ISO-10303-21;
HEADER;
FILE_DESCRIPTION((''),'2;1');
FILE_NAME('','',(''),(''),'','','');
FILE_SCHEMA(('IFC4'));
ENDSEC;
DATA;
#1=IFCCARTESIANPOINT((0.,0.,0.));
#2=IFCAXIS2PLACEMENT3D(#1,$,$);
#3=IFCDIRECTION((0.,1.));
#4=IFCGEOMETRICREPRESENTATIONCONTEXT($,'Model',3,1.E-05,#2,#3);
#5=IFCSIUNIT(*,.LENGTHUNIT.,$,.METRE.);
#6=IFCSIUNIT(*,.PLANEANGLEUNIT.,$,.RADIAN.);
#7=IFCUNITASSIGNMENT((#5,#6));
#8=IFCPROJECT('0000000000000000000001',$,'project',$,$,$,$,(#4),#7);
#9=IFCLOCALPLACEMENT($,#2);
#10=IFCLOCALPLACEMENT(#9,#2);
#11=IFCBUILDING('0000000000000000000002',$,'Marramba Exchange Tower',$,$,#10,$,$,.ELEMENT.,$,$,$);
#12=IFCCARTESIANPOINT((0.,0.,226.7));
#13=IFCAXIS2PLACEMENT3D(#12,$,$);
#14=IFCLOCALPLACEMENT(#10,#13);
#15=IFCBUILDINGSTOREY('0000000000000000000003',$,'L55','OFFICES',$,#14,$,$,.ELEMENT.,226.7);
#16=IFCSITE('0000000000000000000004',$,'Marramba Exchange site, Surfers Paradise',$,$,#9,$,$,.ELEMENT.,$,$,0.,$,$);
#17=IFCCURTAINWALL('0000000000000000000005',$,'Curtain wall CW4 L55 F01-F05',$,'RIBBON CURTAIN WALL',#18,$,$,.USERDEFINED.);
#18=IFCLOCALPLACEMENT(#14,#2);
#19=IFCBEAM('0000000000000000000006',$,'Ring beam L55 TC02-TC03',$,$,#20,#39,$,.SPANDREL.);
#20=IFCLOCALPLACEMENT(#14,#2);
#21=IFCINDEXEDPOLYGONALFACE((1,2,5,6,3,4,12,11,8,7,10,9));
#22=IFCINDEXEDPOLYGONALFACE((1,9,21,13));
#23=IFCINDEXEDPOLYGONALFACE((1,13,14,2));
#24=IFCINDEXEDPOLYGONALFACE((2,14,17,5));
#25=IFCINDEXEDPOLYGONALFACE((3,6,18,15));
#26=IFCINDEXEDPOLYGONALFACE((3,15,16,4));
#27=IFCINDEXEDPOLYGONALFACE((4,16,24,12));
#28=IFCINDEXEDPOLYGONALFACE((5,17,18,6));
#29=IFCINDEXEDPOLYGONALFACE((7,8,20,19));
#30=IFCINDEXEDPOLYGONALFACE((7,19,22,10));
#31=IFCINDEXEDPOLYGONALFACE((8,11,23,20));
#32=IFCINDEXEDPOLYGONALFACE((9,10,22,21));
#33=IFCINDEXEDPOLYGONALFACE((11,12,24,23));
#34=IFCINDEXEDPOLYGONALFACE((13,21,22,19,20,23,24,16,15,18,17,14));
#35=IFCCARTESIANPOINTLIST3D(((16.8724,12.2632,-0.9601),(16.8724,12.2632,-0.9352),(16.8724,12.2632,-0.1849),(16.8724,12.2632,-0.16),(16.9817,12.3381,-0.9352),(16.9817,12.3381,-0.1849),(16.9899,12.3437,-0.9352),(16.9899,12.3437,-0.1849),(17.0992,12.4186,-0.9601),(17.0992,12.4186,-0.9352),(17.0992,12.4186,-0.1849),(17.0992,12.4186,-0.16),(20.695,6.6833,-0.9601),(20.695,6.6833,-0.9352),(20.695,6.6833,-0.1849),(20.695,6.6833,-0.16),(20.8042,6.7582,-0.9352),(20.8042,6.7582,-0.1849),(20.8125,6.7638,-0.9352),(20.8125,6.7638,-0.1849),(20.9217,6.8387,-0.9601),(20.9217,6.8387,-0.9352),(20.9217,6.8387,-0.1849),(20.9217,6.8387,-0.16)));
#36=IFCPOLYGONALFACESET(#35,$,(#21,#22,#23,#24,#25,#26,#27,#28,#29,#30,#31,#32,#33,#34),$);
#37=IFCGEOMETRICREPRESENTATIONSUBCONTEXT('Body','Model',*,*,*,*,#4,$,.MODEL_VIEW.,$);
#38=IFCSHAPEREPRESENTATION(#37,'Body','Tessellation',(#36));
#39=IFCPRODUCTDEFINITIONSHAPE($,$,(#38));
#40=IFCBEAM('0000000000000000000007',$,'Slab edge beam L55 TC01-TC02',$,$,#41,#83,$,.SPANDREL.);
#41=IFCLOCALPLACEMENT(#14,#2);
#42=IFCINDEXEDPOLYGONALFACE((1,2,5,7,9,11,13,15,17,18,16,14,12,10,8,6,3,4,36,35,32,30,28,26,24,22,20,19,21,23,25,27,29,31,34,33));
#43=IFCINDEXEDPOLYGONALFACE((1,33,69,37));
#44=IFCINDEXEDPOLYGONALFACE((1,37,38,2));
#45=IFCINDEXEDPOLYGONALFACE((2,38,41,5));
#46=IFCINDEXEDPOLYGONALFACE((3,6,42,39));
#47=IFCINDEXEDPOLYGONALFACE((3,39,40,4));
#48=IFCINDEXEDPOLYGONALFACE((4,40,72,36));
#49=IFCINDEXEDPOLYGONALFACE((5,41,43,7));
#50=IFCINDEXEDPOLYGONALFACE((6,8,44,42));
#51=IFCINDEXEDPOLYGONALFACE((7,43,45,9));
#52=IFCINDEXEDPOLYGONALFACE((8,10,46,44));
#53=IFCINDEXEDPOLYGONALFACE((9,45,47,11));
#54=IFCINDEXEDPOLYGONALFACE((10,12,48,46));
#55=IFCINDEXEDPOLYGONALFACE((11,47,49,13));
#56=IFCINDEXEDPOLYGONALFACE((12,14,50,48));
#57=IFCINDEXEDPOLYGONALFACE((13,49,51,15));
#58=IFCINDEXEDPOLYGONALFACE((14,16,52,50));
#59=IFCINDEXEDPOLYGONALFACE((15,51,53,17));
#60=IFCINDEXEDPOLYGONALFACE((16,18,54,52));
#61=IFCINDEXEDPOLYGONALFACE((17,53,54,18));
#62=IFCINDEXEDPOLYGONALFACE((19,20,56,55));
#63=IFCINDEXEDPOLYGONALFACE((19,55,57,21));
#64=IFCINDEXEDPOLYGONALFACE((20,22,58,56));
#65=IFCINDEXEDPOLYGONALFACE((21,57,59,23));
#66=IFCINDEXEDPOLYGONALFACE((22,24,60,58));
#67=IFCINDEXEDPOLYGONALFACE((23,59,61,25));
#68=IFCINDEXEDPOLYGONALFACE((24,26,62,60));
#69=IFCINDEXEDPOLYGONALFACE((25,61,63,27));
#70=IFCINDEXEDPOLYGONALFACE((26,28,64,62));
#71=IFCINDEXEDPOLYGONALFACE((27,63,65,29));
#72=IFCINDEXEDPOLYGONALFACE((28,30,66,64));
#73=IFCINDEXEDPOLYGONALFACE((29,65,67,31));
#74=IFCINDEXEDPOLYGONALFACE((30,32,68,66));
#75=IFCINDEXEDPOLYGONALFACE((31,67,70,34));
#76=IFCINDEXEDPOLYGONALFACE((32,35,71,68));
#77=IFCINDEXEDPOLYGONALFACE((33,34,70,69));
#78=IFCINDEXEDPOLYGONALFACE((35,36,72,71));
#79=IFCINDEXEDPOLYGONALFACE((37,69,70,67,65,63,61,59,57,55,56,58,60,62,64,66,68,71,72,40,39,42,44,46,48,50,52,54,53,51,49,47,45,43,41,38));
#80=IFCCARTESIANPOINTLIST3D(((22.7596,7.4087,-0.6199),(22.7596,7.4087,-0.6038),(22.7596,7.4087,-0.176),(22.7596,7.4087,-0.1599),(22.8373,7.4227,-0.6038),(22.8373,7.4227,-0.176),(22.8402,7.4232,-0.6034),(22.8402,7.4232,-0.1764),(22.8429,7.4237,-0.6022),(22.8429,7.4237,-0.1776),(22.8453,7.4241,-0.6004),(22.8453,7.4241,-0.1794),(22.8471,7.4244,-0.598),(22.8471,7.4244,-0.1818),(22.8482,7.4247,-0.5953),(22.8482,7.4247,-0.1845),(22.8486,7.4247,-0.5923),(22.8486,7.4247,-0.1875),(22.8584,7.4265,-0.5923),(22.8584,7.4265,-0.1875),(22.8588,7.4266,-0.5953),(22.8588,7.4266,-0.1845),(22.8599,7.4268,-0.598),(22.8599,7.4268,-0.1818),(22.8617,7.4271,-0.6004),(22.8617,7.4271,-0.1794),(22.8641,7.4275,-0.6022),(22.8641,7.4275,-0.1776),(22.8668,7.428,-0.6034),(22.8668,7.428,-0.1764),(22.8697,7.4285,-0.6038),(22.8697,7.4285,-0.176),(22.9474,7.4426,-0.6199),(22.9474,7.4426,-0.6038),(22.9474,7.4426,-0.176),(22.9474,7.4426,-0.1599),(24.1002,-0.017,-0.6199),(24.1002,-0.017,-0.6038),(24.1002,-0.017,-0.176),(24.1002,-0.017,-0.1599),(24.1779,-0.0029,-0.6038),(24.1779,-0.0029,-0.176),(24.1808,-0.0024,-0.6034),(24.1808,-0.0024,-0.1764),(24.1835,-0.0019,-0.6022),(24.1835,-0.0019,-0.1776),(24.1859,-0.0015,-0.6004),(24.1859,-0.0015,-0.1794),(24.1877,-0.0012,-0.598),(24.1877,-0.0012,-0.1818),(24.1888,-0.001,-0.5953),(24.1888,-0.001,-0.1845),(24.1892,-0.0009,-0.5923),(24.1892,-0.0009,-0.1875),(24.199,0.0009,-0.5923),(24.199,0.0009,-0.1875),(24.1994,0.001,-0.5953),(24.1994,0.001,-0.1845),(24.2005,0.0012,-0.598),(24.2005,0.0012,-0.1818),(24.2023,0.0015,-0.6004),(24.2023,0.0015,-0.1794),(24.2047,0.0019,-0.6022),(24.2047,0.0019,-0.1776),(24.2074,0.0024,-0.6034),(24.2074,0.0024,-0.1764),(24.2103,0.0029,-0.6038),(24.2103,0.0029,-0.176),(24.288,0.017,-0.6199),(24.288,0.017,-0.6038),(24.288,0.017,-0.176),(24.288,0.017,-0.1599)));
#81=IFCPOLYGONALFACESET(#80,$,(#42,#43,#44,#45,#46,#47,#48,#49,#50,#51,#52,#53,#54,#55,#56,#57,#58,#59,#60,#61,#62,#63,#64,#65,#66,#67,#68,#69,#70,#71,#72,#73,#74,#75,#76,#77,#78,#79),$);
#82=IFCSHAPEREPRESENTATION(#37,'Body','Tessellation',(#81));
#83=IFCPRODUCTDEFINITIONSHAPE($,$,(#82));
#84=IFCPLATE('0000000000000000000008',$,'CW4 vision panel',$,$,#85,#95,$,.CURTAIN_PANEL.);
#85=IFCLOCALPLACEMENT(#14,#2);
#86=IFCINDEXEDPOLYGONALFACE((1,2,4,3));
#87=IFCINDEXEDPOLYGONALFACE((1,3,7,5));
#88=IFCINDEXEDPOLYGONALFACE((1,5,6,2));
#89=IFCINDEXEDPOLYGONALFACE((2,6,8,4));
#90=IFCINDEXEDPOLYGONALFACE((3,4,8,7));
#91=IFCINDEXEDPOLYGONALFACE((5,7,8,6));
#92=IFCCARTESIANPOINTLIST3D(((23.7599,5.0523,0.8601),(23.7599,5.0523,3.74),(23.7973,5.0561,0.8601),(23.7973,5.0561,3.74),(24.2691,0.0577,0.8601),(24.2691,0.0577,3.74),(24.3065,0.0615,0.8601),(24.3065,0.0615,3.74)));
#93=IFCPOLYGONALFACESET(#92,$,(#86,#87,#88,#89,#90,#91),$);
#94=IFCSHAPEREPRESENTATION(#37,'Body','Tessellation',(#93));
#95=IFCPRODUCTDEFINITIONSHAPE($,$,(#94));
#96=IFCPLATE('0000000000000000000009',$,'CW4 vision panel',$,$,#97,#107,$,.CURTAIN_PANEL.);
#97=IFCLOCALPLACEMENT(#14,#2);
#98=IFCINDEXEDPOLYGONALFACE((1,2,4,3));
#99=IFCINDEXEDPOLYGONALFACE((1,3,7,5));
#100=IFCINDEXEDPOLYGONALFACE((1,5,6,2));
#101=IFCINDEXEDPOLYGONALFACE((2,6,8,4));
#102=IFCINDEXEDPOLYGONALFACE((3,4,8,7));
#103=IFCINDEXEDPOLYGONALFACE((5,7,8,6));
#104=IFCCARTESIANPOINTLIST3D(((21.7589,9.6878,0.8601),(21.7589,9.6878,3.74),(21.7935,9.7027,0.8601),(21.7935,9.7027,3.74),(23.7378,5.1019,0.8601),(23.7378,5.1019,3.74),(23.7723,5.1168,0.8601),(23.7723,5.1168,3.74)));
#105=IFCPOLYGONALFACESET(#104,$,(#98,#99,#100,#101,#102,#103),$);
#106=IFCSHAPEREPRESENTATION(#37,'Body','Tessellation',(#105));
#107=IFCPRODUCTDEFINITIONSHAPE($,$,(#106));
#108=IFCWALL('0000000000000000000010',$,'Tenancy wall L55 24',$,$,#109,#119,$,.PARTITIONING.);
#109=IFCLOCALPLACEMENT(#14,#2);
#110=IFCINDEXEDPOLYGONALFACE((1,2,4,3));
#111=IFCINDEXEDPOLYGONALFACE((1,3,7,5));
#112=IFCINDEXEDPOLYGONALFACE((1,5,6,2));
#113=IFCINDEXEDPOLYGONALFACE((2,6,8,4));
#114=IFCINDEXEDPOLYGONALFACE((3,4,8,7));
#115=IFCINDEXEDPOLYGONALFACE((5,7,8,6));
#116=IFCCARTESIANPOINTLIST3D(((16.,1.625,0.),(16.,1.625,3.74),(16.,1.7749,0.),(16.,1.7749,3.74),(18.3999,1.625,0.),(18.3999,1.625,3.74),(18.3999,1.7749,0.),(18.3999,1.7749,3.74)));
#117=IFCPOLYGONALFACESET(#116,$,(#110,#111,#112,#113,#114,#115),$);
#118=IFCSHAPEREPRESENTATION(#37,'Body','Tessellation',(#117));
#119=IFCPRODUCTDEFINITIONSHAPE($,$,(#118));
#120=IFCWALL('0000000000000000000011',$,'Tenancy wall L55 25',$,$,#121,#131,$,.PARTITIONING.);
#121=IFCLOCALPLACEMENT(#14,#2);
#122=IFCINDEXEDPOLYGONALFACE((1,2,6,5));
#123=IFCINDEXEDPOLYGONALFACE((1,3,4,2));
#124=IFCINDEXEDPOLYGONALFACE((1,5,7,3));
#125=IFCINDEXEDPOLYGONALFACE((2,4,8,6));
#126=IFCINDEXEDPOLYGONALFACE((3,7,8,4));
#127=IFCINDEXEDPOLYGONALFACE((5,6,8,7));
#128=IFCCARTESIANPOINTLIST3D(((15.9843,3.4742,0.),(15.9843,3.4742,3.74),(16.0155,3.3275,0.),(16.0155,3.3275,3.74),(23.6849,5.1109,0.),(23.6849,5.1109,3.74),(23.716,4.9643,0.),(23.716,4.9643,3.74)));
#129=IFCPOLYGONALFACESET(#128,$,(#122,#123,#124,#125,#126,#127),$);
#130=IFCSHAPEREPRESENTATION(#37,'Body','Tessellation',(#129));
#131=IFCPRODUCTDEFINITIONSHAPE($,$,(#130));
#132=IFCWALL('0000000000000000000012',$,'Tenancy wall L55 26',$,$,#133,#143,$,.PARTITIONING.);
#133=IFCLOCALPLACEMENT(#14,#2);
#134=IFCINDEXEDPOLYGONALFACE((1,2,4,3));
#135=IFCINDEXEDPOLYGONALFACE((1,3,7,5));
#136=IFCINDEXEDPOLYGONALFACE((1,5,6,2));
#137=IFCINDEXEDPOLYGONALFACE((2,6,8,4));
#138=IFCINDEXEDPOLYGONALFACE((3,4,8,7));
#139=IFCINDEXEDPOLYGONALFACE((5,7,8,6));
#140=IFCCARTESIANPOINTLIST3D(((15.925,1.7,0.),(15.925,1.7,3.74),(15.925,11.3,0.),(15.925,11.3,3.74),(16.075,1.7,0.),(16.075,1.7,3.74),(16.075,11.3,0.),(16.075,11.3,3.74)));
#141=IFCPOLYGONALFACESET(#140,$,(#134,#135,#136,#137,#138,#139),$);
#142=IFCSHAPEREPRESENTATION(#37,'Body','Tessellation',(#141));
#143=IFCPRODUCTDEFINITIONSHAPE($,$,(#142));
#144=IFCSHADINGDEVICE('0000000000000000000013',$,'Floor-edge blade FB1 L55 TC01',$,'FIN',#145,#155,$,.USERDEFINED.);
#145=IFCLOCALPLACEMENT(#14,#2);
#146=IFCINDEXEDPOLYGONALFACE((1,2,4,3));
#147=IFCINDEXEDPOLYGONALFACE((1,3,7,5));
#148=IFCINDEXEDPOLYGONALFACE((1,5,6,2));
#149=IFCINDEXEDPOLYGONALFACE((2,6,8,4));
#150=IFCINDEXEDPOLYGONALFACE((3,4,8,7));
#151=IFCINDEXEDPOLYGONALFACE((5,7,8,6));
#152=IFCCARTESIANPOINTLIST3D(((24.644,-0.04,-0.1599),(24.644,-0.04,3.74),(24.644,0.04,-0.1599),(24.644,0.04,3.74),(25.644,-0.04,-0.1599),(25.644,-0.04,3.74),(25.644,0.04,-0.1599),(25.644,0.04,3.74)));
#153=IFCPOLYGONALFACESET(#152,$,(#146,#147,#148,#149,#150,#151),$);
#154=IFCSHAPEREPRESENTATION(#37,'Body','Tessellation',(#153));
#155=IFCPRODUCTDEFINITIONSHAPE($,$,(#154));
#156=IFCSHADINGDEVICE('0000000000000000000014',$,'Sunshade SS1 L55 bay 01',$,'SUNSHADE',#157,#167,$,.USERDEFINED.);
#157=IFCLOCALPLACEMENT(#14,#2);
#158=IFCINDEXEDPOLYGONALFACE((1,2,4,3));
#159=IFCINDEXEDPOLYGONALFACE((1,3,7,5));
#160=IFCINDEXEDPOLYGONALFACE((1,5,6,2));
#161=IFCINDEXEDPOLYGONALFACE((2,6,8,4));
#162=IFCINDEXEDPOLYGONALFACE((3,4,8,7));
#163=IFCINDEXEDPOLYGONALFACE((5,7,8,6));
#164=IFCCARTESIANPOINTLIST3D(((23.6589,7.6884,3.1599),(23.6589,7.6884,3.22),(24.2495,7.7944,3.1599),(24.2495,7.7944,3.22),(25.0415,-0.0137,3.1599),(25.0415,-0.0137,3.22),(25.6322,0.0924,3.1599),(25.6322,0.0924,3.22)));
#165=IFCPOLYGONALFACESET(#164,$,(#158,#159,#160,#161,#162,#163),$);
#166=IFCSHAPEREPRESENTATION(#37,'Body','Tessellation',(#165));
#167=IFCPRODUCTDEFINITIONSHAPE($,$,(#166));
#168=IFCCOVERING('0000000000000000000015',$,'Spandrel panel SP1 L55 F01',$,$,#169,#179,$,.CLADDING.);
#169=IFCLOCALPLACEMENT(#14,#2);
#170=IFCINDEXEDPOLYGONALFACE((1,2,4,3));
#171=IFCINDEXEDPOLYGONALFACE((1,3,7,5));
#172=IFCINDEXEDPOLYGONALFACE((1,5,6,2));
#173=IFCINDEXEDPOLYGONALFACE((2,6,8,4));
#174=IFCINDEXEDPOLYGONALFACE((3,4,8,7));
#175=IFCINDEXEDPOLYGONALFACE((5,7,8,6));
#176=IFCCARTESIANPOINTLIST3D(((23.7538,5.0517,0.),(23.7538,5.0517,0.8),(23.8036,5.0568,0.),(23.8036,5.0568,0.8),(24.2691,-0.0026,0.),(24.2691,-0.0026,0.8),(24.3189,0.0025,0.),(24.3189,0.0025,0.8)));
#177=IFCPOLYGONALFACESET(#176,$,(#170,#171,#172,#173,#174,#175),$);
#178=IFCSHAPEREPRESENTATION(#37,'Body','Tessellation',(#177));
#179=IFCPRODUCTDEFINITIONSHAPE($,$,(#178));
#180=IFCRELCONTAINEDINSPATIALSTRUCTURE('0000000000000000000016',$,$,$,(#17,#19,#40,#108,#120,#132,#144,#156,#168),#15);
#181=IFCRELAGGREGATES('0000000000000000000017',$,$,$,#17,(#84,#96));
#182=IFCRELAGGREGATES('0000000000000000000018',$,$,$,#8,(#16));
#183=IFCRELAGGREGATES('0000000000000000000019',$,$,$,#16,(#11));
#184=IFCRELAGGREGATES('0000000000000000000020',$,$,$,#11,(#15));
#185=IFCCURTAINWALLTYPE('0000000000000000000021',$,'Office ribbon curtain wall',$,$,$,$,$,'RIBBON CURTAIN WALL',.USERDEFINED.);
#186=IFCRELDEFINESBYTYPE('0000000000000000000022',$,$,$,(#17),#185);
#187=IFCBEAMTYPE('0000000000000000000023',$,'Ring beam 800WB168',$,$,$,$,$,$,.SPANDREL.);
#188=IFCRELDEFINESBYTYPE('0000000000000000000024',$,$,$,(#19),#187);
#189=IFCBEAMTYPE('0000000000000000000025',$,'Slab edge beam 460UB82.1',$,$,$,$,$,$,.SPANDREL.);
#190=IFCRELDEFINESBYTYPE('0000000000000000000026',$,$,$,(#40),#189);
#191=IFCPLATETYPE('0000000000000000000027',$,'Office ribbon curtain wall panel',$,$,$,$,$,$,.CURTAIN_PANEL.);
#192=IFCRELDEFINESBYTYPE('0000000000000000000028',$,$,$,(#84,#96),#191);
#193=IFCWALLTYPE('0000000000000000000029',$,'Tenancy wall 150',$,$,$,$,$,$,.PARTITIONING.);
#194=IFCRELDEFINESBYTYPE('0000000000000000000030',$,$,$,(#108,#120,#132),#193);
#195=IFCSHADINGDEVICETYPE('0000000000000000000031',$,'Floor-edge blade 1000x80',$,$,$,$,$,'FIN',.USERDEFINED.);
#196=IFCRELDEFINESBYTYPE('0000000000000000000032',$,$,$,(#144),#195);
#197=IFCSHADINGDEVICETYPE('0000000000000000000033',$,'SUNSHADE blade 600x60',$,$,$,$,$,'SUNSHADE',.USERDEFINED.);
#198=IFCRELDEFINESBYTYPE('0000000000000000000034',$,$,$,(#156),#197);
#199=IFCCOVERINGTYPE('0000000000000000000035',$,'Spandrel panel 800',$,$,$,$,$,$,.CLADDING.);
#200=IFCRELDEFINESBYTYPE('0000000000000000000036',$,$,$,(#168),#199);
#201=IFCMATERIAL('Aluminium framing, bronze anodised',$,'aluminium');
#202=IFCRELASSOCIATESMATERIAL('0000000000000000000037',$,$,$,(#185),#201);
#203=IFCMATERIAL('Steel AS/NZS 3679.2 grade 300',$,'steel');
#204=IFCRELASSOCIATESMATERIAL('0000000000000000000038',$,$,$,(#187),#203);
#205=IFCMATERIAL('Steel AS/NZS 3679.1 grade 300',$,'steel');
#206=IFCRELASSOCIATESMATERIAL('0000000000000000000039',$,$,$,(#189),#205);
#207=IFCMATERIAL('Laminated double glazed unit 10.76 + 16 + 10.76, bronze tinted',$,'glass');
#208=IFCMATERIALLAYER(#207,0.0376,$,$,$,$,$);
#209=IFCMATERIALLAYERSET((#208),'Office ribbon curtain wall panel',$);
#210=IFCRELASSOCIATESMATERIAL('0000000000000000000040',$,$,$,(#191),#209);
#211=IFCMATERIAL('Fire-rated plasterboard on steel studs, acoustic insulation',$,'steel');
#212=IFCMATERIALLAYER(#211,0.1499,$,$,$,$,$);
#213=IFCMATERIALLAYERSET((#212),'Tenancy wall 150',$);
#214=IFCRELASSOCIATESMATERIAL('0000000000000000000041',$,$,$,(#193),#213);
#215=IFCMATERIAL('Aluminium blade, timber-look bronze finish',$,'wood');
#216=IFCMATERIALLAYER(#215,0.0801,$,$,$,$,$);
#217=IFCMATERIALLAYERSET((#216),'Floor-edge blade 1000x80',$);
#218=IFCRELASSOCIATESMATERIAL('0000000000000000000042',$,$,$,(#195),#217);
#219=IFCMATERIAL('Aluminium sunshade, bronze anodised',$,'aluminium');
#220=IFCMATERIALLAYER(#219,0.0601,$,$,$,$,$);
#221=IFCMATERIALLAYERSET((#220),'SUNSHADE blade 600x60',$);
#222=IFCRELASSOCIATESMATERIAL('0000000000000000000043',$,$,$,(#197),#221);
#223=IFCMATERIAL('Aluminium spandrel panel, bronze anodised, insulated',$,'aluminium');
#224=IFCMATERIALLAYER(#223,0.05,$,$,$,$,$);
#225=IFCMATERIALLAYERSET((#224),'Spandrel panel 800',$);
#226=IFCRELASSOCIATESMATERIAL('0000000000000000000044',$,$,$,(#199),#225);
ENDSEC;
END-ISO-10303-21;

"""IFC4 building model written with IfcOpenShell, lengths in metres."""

from ifc_helpers import new_model, si_unit, direction, frame, frame_2d, origin, origin_2d, place, context, subcontext, project, spatial, rectangle, i_section, extrude, material, layer, layer_set, material_profile, profile_set, type_object, element, aggregate, save


model = new_model("IFC4")

# Units and contexts
model_context = context("Model", 3, precision=1e-05, world=origin(), true_north=direction((0.0, 1.0)))
body_context = subcontext(model_context, "Body", "Model", "MODEL_VIEW")
ifc_project = project(units=[si_unit("LENGTHUNIT", "METRE"), si_unit("PLANEANGLEUNIT", "RADIAN")], contexts=[model_context])

# Site, building, storey
site_placement = place(None, origin())
site = spatial("IfcSite", under=ifc_project, at=site_placement, Name="Marramba Exchange site, Surfers Paradise", CompositionType="ELEMENT", RefElevation=0.0)
building_placement = place(site_placement, origin())
building = spatial("IfcBuilding", under=site, at=building_placement, Name="Marramba Exchange Tower", CompositionType="ELEMENT")
storey_placement = place(building_placement, frame((0.0, 0.0, 226.7)))
storey = spatial("IfcBuildingStorey", under=building, at=storey_placement, Name="L55", Description="OFFICES", CompositionType="ELEMENT", Elevation=226.7)

# Shared definitions
ifc_material_1 = material(Name="Steel AS/NZS 3679.2 grade 300", Category="steel")
ifc_material_2 = material(Name="Steel AS/NZS 3679.1 grade 300", Category="steel")

# Curtain wall
ifc_material_3 = material(Name="Aluminium framing, bronze anodised", Category="aluminium")
curtain_wall_type = type_object("IfcCurtainWallType", Name="Office ribbon curtain wall", ElementType="RIBBON CURTAIN WALL", PredefinedType="USERDEFINED", material=ifc_material_3)
curtain_wall_placement = place(storey_placement, origin())
curtain_wall = element("IfcCurtainWall", 1, at=curtain_wall_placement, inside=storey, type_object=curtain_wall_type, Name="Curtain wall CW4 L55 F01-F05", ObjectType="RIBBON CURTAIN WALL", PredefinedType="USERDEFINED")

# Beams
ifc_material_profile_1 = material_profile(ifc_material_1, i_section(OverallWidth=0.2749, OverallDepth=0.8, WebThickness=0.01, FlangeThickness=0.0249, at=origin_2d()), Name="800WB168")
ifc_profile_set_1 = profile_set([ifc_material_profile_1], Name="Steel AS/NZS 3679.2 grade 300")
beam_type_1 = type_object("IfcBeamType", Name="Ring beam 800WB168", PredefinedType="SPANDREL", material=ifc_profile_set_1)
beam_1_placement = place(storey_placement, frame((20.8083, 6.761, -0.5601), z_axis=(-0.56516, 0.824981, 0.0), x_axis=(-0.824981, -0.56516, 0.0)))
element("IfcBeam", 2, at=beam_1_placement, inside=storey, type_object=beam_type_1, Name="Ring beam L55 TC02-TC03", PredefinedType="SPANDREL", context=body_context, shape_type="SweptSolid", body=[
    extrude(i_section(OverallWidth=0.2749, OverallDepth=0.8, WebThickness=0.01, FlangeThickness=0.0249, at=origin_2d()), origin(), (0.0, 0.0, 1.0), 6.7637),
])
ifc_material_profile_2 = material_profile(ifc_material_2, i_section(OverallWidth=0.1909, OverallDepth=0.46, WebThickness=0.01, FlangeThickness=0.0161, FilletRadius=0.0115, at=origin_2d()), Name="460UB82.1")
ifc_profile_set_2 = profile_set([ifc_material_profile_2], Name="Steel AS/NZS 3679.1 grade 300")
beam_type_2 = type_object("IfcBeamType", Name="Slab edge beam 460UB82.1", PredefinedType="SPANDREL", material=ifc_profile_set_2)
beam_2_placement = place(storey_placement, frame((24.1941, 0.0, -0.3899), z_axis=(-0.177664, 0.984091, 0.0), x_axis=(-0.984091, -0.177664, 0.0)))
element("IfcBeam", 3, at=beam_2_placement, inside=storey, type_object=beam_type_2, Name="Slab edge beam L55 TC01-TC02", PredefinedType="SPANDREL", context=body_context, shape_type="SweptSolid", body=[
    extrude(i_section(OverallWidth=0.1909, OverallDepth=0.46, WebThickness=0.01, FlangeThickness=0.0161, FilletRadius=0.0115, at=origin_2d()), origin(), (0.0, 0.0, 1.0), 7.5457),
])

# Plates
ifc_material_4 = material(Name="Laminated double glazed unit 10.76 + 16 + 10.76, bronze tinted", Category="glass")
ifc_layer_1 = layer(ifc_material_4, 0.0376)
ifc_layer_set_1 = layer_set([ifc_layer_1], Name="Office ribbon curtain wall panel")
plate_type = type_object("IfcPlateType", Name="Office ribbon curtain wall panel", PredefinedType="CURTAIN_PANEL", material=ifc_layer_set_1)
plate_1_placement = place(storey_placement, frame((24.0332, 2.5569, 0.8601), z_axis=(0.0, 0.0, 1.0), x_axis=(-0.101422, 0.994843, 0.0)))
plate_1 = element("IfcPlate", 4, at=plate_1_placement, type_object=plate_type, Name="CW4 vision panel", PredefinedType="CURTAIN_PANEL", context=body_context, shape_type="SweptSolid", body=[
    extrude(rectangle(XDim=5.0205, YDim=0.0376, at=origin_2d()), origin(), (0.0, 0.0, 1.0), 2.8799),
])
plate_2_placement = place(storey_placement, frame((22.7656, 7.4023, 0.8601), z_axis=(0.0, 0.0, 1.0), x_axis=(-0.396193, 0.918167, 0.0)))
plate_2 = element("IfcPlate", 5, at=plate_2_placement, type_object=plate_type, Name="CW4 vision panel", PredefinedType="CURTAIN_PANEL", context=body_context, shape_type="SweptSolid", body=[
    extrude(rectangle(XDim=4.9946, YDim=0.0376, at=origin_2d()), origin(), (0.0, 0.0, 1.0), 2.8799),
])
aggregate(curtain_wall, [plate_1, plate_2])

# Walls
ifc_material_5 = material(Name="Fire-rated plasterboard on steel studs, acoustic insulation", Category="steel")
ifc_layer_2 = layer(ifc_material_5, 0.1499)
ifc_layer_set_2 = layer_set([ifc_layer_2], Name="Tenancy wall 150")
wall_type = type_object("IfcWallType", Name="Tenancy wall 150", PredefinedType="PARTITIONING", material=ifc_layer_set_2)
wall_1_placement = place(storey_placement, frame((18.3999, 1.7, 0.0), z_axis=(0.0, 0.0, 1.0), x_axis=(-1.0, 0.0, 0.0)))
element("IfcWall", 6, at=wall_1_placement, inside=storey, type_object=wall_type, Name="Tenancy wall L55 24", PredefinedType="PARTITIONING", context=body_context, shape_type="SweptSolid", body=[
    extrude(rectangle(XDim=2.3999, YDim=0.1499, at=frame_2d((1.2, 0.0))), origin(), (0.0, 0.0, 1.0), 3.74),
])
wall_2_placement = place(storey_placement, frame((23.7004, 5.0376, 0.0), z_axis=(0.0, 0.0, 1.0), x_axis=(-0.978149, -0.207904, 0.0)))
element("IfcWall", 7, at=wall_2_placement, inside=storey, type_object=wall_type, Name="Tenancy wall L55 25", PredefinedType="PARTITIONING", context=body_context, shape_type="SweptSolid", body=[
    extrude(rectangle(XDim=7.8726, YDim=0.1499, at=frame_2d((3.9363, 0.0))), origin(), (0.0, 0.0, 1.0), 3.74),
])
wall_3_placement = place(storey_placement, frame((16.0, 1.7, 0.0), z_axis=(0.0, 0.0, 1.0), x_axis=(0.0, 1.0, 0.0)))
element("IfcWall", 8, at=wall_3_placement, inside=storey, type_object=wall_type, Name="Tenancy wall L55 26", PredefinedType="PARTITIONING", context=body_context, shape_type="SweptSolid", body=[
    extrude(rectangle(XDim=9.6001, YDim=0.1499, at=frame_2d((4.8, 0.0))), origin(), (0.0, 0.0, 1.0), 3.74),
])

# Shading devices
ifc_material_6 = material(Name="Aluminium blade, timber-look bronze finish", Category="wood")
ifc_layer_3 = layer(ifc_material_6, 0.0801)
ifc_layer_set_3 = layer_set([ifc_layer_3], Name="Floor-edge blade 1000x80")
shading_device_type_1 = type_object("IfcShadingDeviceType", Name="Floor-edge blade 1000x80", ElementType="FIN", PredefinedType="USERDEFINED", material=ifc_layer_set_3)
shading_device_1_placement = place(storey_placement, frame((25.144, 0.0, -0.1599), z_axis=(0.0, 0.0, 1.0), x_axis=(1.0, 0.0, 0.0)))
element("IfcShadingDevice", 9, at=shading_device_1_placement, inside=storey, type_object=shading_device_type_1, Name="Floor-edge blade FB1 L55 TC01", ObjectType="FIN", PredefinedType="USERDEFINED", context=body_context, shape_type="SweptSolid", body=[
    extrude(rectangle(XDim=1.0, YDim=0.0801, at=origin_2d()), origin(), (0.0, 0.0, 1.0), 3.8999),
])
ifc_material_7 = material(Name="Aluminium sunshade, bronze anodised", Category="aluminium")
ifc_layer_4 = layer(ifc_material_7, 0.0601)
ifc_layer_set_4 = layer_set([ifc_layer_4], Name="SUNSHADE blade 600x60")
shading_device_type_2 = type_object("IfcShadingDeviceType", Name="SUNSHADE blade 600x60", ElementType="SUNSHADE", PredefinedType="USERDEFINED", material=ifc_layer_set_4)
shading_device_2_placement = place(storey_placement, frame((24.6455, 3.8904, 3.1599), z_axis=(0.0, 0.0, 1.0), x_axis=(-0.176691, 0.984266, 0.0)))
element("IfcShadingDevice", 10, at=shading_device_2_placement, inside=storey, type_object=shading_device_type_2, Name="Sunshade SS1 L55 bay 01", ObjectType="SUNSHADE", PredefinedType="USERDEFINED", context=body_context, shape_type="SweptSolid", body=[
    extrude(rectangle(XDim=7.8252, YDim=0.6001, at=origin_2d()), origin(), (0.0, 0.0, 1.0), 0.0601),
])

# Covering
ifc_material_8 = material(Name="Aluminium spandrel panel, bronze anodised, insulated", Category="aluminium")
ifc_layer_5 = layer(ifc_material_8, 0.05)
ifc_layer_set_5 = layer_set([ifc_layer_5], Name="Spandrel panel 800")
covering_type = type_object("IfcCoveringType", Name="Spandrel panel 800", PredefinedType="CLADDING", material=ifc_layer_set_5)
covering_1_placement = place(storey_placement, frame((24.0364, 2.5271, 0.0), z_axis=(0.0, 0.0, 1.0), x_axis=(-0.101422, 0.994843, 0.0)))
element("IfcCovering", 11, at=covering_1_placement, inside=storey, type_object=covering_type, Name="Spandrel panel SP1 L55 F01", PredefinedType="CLADDING", context=body_context, shape_type="SweptSolid", body=[
    extrude(rectangle(XDim=5.0806, YDim=0.05, at=origin_2d()), origin(), (0.0, 0.0, 1.0), 0.8),
])

save(model, "model.ifc")
